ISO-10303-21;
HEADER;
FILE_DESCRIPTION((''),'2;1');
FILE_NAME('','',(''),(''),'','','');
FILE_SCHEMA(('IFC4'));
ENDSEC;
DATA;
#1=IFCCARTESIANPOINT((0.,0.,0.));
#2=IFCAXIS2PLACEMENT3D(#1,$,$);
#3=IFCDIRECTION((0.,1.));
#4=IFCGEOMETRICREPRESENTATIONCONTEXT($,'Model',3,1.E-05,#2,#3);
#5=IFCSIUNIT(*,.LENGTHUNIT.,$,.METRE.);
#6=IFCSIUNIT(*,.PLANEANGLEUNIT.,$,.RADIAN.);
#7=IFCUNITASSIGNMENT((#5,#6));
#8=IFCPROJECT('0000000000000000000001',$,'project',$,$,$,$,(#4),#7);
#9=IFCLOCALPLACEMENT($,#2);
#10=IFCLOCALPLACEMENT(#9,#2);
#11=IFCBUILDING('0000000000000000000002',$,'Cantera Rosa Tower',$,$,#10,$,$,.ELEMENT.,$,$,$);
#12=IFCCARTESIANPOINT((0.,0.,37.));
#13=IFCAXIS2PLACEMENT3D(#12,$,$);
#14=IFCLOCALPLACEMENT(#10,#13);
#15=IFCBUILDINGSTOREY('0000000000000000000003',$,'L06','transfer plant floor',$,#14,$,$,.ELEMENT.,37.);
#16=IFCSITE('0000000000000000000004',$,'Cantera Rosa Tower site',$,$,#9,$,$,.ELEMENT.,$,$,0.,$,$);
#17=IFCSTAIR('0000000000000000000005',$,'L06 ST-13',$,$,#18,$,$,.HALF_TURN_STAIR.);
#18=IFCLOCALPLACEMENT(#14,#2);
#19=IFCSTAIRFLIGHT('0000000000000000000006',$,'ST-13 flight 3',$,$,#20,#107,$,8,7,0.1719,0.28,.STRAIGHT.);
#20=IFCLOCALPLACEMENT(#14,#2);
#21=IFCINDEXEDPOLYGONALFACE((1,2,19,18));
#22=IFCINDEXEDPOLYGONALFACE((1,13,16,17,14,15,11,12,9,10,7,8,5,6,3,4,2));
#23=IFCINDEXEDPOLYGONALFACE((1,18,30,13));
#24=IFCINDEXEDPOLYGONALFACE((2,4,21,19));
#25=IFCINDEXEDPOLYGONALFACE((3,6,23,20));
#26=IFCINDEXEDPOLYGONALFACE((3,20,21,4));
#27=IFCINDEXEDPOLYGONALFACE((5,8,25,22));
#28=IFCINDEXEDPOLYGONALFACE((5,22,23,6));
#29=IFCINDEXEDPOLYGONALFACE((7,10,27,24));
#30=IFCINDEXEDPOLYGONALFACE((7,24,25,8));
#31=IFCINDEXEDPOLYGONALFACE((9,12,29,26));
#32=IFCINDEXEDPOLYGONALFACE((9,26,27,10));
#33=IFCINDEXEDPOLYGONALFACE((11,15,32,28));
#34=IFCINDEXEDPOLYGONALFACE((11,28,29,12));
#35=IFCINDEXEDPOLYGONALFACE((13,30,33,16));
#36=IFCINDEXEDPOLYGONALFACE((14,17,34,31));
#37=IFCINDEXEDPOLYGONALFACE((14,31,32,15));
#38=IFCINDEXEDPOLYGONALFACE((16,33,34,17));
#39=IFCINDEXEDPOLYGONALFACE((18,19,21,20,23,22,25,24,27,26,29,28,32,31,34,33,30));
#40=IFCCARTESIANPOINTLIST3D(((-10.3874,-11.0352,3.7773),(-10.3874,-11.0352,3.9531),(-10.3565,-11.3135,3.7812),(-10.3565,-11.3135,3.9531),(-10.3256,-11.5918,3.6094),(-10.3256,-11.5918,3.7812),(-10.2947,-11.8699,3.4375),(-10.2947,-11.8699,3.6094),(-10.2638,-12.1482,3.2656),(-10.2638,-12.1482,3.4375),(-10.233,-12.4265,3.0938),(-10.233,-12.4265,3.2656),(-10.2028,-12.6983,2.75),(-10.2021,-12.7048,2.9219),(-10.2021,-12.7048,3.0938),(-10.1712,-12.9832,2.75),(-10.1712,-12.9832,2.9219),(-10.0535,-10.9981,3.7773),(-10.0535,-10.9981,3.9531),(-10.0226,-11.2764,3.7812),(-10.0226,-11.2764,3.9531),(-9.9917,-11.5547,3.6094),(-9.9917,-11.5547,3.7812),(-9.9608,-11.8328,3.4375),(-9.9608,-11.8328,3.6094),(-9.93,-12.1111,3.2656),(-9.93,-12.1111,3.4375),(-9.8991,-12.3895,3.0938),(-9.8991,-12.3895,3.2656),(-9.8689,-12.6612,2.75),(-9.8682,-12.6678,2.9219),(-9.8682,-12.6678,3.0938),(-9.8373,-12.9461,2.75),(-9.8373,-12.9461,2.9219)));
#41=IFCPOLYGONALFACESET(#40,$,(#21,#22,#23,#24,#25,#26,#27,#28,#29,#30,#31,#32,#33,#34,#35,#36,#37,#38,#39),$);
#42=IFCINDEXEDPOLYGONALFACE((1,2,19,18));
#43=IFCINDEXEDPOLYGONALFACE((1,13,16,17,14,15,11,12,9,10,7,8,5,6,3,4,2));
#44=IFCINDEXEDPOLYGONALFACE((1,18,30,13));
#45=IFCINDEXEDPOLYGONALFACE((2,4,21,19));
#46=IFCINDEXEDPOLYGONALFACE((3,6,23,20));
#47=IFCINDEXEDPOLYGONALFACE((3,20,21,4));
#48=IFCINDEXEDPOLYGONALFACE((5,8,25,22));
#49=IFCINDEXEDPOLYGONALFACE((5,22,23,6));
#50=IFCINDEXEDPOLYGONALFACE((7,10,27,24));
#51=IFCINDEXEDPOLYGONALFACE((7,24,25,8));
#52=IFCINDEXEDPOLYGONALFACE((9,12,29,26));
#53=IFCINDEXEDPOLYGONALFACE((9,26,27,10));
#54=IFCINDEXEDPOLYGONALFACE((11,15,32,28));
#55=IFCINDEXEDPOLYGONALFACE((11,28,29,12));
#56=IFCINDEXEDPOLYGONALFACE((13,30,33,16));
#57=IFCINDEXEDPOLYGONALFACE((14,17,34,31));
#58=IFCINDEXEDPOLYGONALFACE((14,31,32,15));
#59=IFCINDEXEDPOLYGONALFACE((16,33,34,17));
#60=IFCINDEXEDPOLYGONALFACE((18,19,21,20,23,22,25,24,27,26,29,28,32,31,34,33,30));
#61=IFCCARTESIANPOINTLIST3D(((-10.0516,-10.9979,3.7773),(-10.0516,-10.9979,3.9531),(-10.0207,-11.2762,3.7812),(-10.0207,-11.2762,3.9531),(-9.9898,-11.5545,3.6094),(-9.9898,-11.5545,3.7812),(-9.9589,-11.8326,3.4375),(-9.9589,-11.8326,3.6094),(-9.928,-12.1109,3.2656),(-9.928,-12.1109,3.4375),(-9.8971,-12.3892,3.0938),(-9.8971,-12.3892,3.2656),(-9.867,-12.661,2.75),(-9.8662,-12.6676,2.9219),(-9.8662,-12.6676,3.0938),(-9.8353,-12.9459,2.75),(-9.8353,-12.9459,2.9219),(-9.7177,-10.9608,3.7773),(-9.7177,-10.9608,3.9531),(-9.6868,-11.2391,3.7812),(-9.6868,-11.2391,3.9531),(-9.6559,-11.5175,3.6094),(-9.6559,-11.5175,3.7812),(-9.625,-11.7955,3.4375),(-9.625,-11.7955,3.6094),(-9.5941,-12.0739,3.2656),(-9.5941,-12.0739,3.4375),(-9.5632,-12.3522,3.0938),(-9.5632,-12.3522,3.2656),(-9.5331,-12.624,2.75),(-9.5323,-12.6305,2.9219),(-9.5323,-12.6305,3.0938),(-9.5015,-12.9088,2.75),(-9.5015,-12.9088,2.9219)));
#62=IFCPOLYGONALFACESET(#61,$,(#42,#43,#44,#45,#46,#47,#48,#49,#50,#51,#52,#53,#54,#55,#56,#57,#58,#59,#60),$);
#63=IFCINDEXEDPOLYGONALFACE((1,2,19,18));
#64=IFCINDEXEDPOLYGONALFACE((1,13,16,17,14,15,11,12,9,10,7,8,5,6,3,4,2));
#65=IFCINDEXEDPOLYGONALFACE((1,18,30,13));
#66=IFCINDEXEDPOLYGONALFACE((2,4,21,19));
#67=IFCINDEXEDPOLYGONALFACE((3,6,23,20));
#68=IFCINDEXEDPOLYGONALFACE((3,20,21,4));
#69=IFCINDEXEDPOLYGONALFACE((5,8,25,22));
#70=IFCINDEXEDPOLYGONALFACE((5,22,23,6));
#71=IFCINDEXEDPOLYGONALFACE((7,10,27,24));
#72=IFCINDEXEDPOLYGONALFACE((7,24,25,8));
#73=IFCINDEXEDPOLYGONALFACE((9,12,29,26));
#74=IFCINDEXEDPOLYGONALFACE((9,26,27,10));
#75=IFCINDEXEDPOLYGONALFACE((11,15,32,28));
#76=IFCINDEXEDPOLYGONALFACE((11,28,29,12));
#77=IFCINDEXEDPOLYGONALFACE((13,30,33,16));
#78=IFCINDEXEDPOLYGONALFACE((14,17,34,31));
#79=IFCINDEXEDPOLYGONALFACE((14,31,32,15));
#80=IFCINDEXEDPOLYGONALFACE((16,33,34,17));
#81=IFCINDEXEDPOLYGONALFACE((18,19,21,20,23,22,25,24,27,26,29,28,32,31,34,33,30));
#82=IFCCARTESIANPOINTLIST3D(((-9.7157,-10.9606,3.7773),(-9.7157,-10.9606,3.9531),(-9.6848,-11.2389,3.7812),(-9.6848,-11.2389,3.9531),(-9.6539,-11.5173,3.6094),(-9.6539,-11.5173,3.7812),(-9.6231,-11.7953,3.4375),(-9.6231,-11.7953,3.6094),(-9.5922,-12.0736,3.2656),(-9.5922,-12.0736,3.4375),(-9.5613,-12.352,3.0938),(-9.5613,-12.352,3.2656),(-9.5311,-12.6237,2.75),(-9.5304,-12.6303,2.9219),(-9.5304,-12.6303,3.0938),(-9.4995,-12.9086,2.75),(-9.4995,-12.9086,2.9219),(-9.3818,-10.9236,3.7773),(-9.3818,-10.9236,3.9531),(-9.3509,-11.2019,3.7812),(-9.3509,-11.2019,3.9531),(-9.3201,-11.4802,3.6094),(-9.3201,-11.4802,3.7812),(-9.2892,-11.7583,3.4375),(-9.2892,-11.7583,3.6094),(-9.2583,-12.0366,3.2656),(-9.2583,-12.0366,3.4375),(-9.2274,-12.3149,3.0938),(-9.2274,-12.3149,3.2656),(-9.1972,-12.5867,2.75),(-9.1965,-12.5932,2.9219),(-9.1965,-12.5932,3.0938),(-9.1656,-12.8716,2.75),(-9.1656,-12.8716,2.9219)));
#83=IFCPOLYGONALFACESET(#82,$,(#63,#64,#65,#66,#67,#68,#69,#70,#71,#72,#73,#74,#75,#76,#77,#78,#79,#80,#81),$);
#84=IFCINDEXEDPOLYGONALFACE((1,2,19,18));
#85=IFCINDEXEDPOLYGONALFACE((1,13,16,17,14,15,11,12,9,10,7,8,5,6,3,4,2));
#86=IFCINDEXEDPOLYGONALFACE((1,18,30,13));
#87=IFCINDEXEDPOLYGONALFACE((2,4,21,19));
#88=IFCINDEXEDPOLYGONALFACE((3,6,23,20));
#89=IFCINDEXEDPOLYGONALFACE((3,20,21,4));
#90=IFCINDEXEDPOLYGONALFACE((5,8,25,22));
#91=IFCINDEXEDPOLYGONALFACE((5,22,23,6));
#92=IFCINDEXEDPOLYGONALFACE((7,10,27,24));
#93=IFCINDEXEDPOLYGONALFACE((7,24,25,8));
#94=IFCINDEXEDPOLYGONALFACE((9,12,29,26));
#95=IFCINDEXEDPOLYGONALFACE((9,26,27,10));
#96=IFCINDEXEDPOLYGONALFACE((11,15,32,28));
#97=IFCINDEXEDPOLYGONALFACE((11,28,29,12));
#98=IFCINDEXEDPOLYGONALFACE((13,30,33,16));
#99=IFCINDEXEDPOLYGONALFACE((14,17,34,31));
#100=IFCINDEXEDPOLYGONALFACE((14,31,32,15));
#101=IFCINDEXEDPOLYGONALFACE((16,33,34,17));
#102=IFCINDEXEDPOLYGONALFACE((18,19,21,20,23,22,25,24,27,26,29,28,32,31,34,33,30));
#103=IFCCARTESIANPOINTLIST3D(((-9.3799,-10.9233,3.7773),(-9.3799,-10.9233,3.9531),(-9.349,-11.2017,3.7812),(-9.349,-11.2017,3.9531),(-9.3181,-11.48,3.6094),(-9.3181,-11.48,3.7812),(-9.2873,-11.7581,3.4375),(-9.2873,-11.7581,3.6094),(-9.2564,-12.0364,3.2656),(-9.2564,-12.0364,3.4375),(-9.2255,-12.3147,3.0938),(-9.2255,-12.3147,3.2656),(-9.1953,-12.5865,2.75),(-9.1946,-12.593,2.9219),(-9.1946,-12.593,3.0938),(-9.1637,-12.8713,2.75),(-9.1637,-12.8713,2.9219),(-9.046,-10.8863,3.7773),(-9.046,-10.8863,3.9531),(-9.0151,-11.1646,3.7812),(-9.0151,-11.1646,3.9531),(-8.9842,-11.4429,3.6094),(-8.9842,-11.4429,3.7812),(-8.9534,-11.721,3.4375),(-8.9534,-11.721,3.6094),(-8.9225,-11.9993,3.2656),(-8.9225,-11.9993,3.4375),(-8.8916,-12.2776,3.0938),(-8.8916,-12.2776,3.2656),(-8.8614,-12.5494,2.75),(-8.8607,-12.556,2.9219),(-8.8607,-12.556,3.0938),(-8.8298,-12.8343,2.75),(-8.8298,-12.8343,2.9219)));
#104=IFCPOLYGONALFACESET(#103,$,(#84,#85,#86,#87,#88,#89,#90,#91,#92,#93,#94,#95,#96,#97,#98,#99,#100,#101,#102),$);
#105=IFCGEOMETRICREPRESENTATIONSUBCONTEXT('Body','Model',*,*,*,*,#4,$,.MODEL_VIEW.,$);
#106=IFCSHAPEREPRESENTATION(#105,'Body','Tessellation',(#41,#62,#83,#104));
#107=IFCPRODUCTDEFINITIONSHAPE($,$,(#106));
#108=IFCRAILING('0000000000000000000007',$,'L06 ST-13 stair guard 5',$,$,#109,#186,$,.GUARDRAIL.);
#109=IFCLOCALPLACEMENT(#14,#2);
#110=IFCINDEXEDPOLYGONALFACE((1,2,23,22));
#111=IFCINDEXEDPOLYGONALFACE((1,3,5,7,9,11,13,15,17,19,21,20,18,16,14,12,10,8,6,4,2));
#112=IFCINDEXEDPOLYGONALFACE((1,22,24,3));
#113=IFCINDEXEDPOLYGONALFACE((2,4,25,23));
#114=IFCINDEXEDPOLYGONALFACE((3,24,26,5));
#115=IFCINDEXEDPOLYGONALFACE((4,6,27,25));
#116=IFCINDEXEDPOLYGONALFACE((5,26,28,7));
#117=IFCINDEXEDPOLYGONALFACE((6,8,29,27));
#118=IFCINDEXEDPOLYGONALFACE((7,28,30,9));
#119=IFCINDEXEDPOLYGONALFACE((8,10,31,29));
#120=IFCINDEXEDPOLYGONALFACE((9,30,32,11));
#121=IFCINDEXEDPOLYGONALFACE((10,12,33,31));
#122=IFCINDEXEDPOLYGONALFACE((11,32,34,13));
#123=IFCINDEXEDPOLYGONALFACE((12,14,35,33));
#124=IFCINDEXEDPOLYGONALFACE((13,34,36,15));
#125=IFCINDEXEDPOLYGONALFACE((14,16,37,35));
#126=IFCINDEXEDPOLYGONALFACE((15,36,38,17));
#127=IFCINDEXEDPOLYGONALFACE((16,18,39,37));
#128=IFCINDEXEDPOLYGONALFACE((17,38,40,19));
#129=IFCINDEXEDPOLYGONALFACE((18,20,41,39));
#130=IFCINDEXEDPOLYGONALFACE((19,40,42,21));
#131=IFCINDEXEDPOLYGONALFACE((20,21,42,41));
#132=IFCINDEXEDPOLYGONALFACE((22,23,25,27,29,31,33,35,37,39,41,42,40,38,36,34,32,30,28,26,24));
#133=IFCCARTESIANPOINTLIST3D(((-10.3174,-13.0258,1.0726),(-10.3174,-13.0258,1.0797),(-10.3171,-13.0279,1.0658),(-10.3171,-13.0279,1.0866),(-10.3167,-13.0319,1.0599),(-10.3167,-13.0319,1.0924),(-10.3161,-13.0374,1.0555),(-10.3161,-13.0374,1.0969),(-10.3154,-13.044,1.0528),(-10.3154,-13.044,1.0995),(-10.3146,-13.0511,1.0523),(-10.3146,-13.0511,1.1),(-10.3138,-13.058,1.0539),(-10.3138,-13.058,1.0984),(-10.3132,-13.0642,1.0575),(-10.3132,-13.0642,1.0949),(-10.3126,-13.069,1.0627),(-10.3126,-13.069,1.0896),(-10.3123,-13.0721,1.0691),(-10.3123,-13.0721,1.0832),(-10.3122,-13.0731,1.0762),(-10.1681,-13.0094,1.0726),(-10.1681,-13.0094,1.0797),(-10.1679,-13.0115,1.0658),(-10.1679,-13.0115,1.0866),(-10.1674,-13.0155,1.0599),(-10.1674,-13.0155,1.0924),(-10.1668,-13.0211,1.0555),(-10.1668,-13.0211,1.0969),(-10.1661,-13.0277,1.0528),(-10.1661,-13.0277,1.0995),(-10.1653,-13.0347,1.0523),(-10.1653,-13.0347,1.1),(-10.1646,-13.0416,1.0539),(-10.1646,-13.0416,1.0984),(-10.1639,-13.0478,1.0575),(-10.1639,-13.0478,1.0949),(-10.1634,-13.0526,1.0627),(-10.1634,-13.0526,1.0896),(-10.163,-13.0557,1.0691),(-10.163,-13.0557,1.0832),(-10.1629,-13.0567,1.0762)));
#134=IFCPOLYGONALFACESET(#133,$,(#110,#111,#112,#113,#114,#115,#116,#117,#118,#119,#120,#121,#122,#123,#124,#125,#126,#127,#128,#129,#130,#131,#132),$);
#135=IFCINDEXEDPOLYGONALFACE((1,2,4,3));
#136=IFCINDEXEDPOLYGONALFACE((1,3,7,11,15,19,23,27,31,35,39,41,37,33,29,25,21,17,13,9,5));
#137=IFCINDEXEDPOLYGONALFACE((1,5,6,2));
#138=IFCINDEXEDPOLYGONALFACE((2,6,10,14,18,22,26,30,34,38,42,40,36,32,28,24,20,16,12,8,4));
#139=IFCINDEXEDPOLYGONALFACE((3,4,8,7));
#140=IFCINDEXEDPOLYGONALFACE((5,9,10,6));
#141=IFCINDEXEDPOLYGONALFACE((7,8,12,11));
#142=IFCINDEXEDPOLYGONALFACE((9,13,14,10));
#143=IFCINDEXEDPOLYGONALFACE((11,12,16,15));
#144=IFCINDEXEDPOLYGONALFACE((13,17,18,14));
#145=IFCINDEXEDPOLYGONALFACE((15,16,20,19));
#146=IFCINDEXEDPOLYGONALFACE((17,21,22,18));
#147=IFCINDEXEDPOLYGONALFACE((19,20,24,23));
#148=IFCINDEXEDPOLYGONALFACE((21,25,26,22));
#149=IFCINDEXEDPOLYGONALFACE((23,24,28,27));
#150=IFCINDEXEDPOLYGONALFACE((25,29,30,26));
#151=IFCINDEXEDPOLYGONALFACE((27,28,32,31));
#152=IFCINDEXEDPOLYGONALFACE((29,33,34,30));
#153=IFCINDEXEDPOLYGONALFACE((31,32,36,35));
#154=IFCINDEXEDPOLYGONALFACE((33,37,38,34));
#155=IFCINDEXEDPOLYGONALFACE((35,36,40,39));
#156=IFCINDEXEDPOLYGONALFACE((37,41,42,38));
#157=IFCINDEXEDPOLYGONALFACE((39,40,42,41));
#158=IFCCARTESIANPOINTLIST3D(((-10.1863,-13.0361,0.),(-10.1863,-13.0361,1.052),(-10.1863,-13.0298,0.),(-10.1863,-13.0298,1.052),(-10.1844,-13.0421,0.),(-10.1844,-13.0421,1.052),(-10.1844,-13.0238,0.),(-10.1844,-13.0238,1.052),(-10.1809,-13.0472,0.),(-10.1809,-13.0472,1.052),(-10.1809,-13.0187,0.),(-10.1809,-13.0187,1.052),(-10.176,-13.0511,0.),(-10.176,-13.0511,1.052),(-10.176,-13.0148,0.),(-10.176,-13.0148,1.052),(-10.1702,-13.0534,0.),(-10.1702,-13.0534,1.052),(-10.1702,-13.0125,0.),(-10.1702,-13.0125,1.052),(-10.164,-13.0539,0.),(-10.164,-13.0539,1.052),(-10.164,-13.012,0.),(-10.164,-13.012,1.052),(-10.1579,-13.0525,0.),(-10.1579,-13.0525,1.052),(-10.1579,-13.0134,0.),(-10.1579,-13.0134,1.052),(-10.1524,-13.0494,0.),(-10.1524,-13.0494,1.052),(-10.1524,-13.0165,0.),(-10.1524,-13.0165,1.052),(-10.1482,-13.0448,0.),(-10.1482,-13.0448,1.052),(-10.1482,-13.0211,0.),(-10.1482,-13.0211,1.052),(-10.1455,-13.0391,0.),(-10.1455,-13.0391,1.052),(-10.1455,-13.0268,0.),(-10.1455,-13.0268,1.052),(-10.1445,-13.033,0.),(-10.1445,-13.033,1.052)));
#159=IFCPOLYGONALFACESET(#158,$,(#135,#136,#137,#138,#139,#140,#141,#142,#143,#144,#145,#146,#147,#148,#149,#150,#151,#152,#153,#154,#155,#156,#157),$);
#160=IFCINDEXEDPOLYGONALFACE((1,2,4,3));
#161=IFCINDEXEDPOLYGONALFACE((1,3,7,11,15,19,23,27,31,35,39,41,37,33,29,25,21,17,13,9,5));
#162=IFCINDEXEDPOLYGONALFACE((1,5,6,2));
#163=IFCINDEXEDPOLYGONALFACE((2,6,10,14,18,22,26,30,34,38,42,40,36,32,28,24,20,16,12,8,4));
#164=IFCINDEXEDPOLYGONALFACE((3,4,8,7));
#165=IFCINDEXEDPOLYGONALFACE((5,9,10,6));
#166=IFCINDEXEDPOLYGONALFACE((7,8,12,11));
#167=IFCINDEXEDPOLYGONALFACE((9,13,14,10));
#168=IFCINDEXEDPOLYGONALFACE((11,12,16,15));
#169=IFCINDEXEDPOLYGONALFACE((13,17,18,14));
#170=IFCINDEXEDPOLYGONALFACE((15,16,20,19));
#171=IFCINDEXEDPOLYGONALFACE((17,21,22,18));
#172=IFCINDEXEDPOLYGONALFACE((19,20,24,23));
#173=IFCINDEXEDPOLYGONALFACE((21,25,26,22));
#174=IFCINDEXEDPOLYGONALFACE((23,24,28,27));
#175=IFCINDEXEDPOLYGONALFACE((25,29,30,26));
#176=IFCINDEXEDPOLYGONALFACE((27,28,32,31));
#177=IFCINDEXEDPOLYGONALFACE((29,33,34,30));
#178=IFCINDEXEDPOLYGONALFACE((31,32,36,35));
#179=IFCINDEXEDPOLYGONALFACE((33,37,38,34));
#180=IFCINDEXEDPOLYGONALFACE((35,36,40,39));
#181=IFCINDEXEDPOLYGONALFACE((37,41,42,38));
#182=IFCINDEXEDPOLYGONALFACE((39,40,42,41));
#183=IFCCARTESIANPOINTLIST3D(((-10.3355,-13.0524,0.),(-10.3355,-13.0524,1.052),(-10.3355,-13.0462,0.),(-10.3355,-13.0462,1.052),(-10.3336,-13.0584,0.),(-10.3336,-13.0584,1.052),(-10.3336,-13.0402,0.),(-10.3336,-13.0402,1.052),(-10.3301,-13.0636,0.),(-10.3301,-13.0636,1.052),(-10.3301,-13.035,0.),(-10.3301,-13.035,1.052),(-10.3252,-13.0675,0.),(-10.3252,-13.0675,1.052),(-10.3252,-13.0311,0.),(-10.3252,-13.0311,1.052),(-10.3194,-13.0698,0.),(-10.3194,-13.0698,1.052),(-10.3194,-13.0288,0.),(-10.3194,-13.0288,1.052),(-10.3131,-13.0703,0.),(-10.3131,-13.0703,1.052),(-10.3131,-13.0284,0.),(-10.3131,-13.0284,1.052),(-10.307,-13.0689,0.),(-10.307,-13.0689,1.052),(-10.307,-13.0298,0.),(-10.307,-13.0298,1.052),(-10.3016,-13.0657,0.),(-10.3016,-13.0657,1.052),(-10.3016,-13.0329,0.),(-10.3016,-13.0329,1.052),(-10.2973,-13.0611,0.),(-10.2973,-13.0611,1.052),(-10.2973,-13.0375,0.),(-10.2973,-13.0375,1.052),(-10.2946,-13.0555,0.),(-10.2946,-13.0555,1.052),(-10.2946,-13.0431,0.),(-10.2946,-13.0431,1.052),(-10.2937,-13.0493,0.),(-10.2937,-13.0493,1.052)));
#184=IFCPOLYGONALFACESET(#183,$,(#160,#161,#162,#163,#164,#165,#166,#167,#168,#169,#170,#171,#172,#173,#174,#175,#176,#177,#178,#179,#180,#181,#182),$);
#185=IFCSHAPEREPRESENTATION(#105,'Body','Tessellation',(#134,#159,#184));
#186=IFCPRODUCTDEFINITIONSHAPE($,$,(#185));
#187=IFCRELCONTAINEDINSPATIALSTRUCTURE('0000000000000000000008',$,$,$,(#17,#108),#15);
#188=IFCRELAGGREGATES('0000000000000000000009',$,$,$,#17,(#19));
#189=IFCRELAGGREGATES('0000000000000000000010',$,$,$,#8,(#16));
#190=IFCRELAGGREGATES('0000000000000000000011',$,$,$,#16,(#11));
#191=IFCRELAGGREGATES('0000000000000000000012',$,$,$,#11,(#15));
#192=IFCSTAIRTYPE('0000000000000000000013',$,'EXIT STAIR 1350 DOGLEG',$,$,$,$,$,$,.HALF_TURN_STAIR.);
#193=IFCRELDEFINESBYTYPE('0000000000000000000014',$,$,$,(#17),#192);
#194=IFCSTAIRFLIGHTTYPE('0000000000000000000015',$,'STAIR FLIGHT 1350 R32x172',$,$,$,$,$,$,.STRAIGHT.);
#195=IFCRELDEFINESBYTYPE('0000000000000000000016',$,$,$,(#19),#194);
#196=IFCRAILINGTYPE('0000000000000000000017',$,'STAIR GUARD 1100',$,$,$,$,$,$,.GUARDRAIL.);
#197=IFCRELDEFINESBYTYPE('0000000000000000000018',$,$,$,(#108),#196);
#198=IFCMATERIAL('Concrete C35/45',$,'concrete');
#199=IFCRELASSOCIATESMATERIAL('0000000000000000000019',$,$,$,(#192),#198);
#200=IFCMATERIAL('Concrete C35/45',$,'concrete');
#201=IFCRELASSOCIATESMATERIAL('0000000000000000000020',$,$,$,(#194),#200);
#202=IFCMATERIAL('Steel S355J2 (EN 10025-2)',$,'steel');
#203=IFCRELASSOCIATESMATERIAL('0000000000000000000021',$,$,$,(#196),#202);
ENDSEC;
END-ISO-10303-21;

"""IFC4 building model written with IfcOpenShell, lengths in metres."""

from ifc_helpers import new_model, si_unit, direction, frame, origin, origin_2d, place, context, subcontext, project, spatial, polyline, circle, outline, extrude, material, type_object, element, aggregate, save


model = new_model("IFC4")

# Units and contexts
model_context = context("Model", 3, precision=1e-05, world=origin(), true_north=direction((0.0, 1.0)))
body_context = subcontext(model_context, "Body", "Model", "MODEL_VIEW")
ifc_project = project(units=[si_unit("LENGTHUNIT", "METRE"), si_unit("PLANEANGLEUNIT", "RADIAN")], contexts=[model_context])

# Site, building, storey
site_placement = place(None, origin())
site = spatial("IfcSite", under=ifc_project, at=site_placement, Name="Cantera Rosa Tower site", CompositionType="ELEMENT", RefElevation=0.0)
building_placement = place(site_placement, origin())
building = spatial("IfcBuilding", under=site, at=building_placement, Name="Cantera Rosa Tower", CompositionType="ELEMENT")
storey_placement = place(building_placement, frame((0.0, 0.0, 37.0)))
storey = spatial("IfcBuildingStorey", under=building, at=storey_placement, Name="L06", Description="transfer plant floor", CompositionType="ELEMENT", Elevation=37.0)

# Stair, stair flight
ifc_material_1 = material(Name="Concrete C35/45", Category="concrete")
stair_type = type_object("IfcStairType", Name="EXIT STAIR 1350 DOGLEG", PredefinedType="HALF_TURN_STAIR", material=ifc_material_1)
stair_placement = place(storey_placement, origin())
stair = element("IfcStair", 1, at=stair_placement, inside=storey, type_object=stair_type, Name="L06 ST-13", PredefinedType="HALF_TURN_STAIR")
ifc_material_2 = material(Name="Concrete C35/45", Category="concrete")
stair_flight_type = type_object("IfcStairFlightType", Name="STAIR FLIGHT 1350 R32x172", PredefinedType="STRAIGHT", material=ifc_material_2)
stair_flight_1_placement = place(storey_placement, frame((-9.5002, -12.9087, 2.75), z_axis=(0.0, 0.0, 1.0), x_axis=(-0.110313, 0.993897, 0.0)))
stair_flight_1 = element("IfcStairFlight", 2, at=stair_flight_1_placement, type_object=stair_flight_type, Name="ST-13 flight 3", NumberOfRisers=8, NumberOfTreads=7, PredefinedType="STRAIGHT", RiserHeight=0.1719, TreadLength=0.28, context=body_context, shape_type="SweptSolid", body=[
    extrude(outline(polyline([(0.0, 0.0), (0.0, 0.1719), (0.28, 0.1719), (0.28, 0.3438), (0.5601, 0.3438), (0.5601, 0.5156), (0.8401, 0.5156), (0.8401, 0.6875), (1.1201, 0.6875), (1.1201, 0.8594), (1.3999, 0.8594), (1.3999, 1.0312), (1.6799, 1.0312), (1.6799, 1.2031), (1.96, 1.2031), (1.96, 1.375), (1.96, 1.0273), (0.2866, 0.0), (0.0, 0.0)])), frame((0.0, 0.675, 0.0), z_axis=(0.0, -1.0, 0.0), x_axis=(1.0, 0.0, 0.0)), (0.0, 0.0, 1.0), 0.3359),
    extrude(outline(polyline([(0.0, 0.0), (0.0, 0.1719), (0.28, 0.1719), (0.28, 0.3438), (0.5601, 0.3438), (0.5601, 0.5156), (0.8401, 0.5156), (0.8401, 0.6875), (1.1201, 0.6875), (1.1201, 0.8594), (1.3999, 0.8594), (1.3999, 1.0312), (1.6799, 1.0312), (1.6799, 1.2031), (1.96, 1.2031), (1.96, 1.375), (1.96, 1.0273), (0.2866, 0.0), (0.0, 0.0)])), frame((0.0, 0.3372, 0.0), z_axis=(0.0, -1.0, 0.0), x_axis=(1.0, 0.0, 0.0)), (0.0, 0.0, 1.0), 0.3359),
    extrude(outline(polyline([(0.0, 0.0), (0.0, 0.1719), (0.28, 0.1719), (0.28, 0.3438), (0.5601, 0.3438), (0.5601, 0.5156), (0.8401, 0.5156), (0.8401, 0.6875), (1.1201, 0.6875), (1.1201, 0.8594), (1.3999, 0.8594), (1.3999, 1.0312), (1.6799, 1.0312), (1.6799, 1.2031), (1.96, 1.2031), (1.96, 1.375), (1.96, 1.0273), (0.2866, 0.0), (0.0, 0.0)])), frame((0.0, -0.0007, 0.0), z_axis=(0.0, -1.0, 0.0), x_axis=(1.0, 0.0, 0.0)), (0.0, 0.0, 1.0), 0.3359),
    extrude(outline(polyline([(0.0, 0.0), (0.0, 0.1719), (0.28, 0.1719), (0.28, 0.3438), (0.5601, 0.3438), (0.5601, 0.5156), (0.8401, 0.5156), (0.8401, 0.6875), (1.1201, 0.6875), (1.1201, 0.8594), (1.3999, 0.8594), (1.3999, 1.0312), (1.6799, 1.0312), (1.6799, 1.2031), (1.96, 1.2031), (1.96, 1.375), (1.96, 1.0273), (0.2866, 0.0), (0.0, 0.0)])), frame((0.0, -0.3386, 0.0), z_axis=(0.0, -1.0, 0.0), x_axis=(1.0, 0.0, 0.0)), (0.0, 0.0, 1.0), 0.3359),
])
aggregate(stair, [stair_flight_1])

# Railing
ifc_material_3 = material(Name="Steel S355J2 (EN 10025-2)", Category="steel")
railing_type_1 = type_object("IfcRailingType", Name="STAIR GUARD 1100", PredefinedType="GUARDRAIL", material=ifc_material_3)
railing_placement = place(storey_placement, frame((-10.1655, -13.033, 0.0)))
element("IfcRailing", 3, at=railing_placement, inside=storey, type_object=railing_type_1, Name="L06 ST-13 stair guard 5", PredefinedType="GUARDRAIL", context=body_context, shape_type="SweptSolid", body=[
    extrude(circle(Radius=0.0239, at=origin_2d()), frame((0.0, 0.0, 1.0762), z_axis=(-0.994041, -0.109003, 0.0), x_axis=(0.109003, -0.994041, 0.0)), (0.0, 0.0, 1.0), 0.1501),
    extrude(circle(Radius=0.021, at=origin_2d()), origin(), (0.0, 0.0, 1.0), 1.052),
    extrude(circle(Radius=0.021, at=origin_2d()), frame((-0.1492, -0.0164, 0.0)), (0.0, 0.0, 1.0), 1.052),
])

save(model, "model.ifc")
